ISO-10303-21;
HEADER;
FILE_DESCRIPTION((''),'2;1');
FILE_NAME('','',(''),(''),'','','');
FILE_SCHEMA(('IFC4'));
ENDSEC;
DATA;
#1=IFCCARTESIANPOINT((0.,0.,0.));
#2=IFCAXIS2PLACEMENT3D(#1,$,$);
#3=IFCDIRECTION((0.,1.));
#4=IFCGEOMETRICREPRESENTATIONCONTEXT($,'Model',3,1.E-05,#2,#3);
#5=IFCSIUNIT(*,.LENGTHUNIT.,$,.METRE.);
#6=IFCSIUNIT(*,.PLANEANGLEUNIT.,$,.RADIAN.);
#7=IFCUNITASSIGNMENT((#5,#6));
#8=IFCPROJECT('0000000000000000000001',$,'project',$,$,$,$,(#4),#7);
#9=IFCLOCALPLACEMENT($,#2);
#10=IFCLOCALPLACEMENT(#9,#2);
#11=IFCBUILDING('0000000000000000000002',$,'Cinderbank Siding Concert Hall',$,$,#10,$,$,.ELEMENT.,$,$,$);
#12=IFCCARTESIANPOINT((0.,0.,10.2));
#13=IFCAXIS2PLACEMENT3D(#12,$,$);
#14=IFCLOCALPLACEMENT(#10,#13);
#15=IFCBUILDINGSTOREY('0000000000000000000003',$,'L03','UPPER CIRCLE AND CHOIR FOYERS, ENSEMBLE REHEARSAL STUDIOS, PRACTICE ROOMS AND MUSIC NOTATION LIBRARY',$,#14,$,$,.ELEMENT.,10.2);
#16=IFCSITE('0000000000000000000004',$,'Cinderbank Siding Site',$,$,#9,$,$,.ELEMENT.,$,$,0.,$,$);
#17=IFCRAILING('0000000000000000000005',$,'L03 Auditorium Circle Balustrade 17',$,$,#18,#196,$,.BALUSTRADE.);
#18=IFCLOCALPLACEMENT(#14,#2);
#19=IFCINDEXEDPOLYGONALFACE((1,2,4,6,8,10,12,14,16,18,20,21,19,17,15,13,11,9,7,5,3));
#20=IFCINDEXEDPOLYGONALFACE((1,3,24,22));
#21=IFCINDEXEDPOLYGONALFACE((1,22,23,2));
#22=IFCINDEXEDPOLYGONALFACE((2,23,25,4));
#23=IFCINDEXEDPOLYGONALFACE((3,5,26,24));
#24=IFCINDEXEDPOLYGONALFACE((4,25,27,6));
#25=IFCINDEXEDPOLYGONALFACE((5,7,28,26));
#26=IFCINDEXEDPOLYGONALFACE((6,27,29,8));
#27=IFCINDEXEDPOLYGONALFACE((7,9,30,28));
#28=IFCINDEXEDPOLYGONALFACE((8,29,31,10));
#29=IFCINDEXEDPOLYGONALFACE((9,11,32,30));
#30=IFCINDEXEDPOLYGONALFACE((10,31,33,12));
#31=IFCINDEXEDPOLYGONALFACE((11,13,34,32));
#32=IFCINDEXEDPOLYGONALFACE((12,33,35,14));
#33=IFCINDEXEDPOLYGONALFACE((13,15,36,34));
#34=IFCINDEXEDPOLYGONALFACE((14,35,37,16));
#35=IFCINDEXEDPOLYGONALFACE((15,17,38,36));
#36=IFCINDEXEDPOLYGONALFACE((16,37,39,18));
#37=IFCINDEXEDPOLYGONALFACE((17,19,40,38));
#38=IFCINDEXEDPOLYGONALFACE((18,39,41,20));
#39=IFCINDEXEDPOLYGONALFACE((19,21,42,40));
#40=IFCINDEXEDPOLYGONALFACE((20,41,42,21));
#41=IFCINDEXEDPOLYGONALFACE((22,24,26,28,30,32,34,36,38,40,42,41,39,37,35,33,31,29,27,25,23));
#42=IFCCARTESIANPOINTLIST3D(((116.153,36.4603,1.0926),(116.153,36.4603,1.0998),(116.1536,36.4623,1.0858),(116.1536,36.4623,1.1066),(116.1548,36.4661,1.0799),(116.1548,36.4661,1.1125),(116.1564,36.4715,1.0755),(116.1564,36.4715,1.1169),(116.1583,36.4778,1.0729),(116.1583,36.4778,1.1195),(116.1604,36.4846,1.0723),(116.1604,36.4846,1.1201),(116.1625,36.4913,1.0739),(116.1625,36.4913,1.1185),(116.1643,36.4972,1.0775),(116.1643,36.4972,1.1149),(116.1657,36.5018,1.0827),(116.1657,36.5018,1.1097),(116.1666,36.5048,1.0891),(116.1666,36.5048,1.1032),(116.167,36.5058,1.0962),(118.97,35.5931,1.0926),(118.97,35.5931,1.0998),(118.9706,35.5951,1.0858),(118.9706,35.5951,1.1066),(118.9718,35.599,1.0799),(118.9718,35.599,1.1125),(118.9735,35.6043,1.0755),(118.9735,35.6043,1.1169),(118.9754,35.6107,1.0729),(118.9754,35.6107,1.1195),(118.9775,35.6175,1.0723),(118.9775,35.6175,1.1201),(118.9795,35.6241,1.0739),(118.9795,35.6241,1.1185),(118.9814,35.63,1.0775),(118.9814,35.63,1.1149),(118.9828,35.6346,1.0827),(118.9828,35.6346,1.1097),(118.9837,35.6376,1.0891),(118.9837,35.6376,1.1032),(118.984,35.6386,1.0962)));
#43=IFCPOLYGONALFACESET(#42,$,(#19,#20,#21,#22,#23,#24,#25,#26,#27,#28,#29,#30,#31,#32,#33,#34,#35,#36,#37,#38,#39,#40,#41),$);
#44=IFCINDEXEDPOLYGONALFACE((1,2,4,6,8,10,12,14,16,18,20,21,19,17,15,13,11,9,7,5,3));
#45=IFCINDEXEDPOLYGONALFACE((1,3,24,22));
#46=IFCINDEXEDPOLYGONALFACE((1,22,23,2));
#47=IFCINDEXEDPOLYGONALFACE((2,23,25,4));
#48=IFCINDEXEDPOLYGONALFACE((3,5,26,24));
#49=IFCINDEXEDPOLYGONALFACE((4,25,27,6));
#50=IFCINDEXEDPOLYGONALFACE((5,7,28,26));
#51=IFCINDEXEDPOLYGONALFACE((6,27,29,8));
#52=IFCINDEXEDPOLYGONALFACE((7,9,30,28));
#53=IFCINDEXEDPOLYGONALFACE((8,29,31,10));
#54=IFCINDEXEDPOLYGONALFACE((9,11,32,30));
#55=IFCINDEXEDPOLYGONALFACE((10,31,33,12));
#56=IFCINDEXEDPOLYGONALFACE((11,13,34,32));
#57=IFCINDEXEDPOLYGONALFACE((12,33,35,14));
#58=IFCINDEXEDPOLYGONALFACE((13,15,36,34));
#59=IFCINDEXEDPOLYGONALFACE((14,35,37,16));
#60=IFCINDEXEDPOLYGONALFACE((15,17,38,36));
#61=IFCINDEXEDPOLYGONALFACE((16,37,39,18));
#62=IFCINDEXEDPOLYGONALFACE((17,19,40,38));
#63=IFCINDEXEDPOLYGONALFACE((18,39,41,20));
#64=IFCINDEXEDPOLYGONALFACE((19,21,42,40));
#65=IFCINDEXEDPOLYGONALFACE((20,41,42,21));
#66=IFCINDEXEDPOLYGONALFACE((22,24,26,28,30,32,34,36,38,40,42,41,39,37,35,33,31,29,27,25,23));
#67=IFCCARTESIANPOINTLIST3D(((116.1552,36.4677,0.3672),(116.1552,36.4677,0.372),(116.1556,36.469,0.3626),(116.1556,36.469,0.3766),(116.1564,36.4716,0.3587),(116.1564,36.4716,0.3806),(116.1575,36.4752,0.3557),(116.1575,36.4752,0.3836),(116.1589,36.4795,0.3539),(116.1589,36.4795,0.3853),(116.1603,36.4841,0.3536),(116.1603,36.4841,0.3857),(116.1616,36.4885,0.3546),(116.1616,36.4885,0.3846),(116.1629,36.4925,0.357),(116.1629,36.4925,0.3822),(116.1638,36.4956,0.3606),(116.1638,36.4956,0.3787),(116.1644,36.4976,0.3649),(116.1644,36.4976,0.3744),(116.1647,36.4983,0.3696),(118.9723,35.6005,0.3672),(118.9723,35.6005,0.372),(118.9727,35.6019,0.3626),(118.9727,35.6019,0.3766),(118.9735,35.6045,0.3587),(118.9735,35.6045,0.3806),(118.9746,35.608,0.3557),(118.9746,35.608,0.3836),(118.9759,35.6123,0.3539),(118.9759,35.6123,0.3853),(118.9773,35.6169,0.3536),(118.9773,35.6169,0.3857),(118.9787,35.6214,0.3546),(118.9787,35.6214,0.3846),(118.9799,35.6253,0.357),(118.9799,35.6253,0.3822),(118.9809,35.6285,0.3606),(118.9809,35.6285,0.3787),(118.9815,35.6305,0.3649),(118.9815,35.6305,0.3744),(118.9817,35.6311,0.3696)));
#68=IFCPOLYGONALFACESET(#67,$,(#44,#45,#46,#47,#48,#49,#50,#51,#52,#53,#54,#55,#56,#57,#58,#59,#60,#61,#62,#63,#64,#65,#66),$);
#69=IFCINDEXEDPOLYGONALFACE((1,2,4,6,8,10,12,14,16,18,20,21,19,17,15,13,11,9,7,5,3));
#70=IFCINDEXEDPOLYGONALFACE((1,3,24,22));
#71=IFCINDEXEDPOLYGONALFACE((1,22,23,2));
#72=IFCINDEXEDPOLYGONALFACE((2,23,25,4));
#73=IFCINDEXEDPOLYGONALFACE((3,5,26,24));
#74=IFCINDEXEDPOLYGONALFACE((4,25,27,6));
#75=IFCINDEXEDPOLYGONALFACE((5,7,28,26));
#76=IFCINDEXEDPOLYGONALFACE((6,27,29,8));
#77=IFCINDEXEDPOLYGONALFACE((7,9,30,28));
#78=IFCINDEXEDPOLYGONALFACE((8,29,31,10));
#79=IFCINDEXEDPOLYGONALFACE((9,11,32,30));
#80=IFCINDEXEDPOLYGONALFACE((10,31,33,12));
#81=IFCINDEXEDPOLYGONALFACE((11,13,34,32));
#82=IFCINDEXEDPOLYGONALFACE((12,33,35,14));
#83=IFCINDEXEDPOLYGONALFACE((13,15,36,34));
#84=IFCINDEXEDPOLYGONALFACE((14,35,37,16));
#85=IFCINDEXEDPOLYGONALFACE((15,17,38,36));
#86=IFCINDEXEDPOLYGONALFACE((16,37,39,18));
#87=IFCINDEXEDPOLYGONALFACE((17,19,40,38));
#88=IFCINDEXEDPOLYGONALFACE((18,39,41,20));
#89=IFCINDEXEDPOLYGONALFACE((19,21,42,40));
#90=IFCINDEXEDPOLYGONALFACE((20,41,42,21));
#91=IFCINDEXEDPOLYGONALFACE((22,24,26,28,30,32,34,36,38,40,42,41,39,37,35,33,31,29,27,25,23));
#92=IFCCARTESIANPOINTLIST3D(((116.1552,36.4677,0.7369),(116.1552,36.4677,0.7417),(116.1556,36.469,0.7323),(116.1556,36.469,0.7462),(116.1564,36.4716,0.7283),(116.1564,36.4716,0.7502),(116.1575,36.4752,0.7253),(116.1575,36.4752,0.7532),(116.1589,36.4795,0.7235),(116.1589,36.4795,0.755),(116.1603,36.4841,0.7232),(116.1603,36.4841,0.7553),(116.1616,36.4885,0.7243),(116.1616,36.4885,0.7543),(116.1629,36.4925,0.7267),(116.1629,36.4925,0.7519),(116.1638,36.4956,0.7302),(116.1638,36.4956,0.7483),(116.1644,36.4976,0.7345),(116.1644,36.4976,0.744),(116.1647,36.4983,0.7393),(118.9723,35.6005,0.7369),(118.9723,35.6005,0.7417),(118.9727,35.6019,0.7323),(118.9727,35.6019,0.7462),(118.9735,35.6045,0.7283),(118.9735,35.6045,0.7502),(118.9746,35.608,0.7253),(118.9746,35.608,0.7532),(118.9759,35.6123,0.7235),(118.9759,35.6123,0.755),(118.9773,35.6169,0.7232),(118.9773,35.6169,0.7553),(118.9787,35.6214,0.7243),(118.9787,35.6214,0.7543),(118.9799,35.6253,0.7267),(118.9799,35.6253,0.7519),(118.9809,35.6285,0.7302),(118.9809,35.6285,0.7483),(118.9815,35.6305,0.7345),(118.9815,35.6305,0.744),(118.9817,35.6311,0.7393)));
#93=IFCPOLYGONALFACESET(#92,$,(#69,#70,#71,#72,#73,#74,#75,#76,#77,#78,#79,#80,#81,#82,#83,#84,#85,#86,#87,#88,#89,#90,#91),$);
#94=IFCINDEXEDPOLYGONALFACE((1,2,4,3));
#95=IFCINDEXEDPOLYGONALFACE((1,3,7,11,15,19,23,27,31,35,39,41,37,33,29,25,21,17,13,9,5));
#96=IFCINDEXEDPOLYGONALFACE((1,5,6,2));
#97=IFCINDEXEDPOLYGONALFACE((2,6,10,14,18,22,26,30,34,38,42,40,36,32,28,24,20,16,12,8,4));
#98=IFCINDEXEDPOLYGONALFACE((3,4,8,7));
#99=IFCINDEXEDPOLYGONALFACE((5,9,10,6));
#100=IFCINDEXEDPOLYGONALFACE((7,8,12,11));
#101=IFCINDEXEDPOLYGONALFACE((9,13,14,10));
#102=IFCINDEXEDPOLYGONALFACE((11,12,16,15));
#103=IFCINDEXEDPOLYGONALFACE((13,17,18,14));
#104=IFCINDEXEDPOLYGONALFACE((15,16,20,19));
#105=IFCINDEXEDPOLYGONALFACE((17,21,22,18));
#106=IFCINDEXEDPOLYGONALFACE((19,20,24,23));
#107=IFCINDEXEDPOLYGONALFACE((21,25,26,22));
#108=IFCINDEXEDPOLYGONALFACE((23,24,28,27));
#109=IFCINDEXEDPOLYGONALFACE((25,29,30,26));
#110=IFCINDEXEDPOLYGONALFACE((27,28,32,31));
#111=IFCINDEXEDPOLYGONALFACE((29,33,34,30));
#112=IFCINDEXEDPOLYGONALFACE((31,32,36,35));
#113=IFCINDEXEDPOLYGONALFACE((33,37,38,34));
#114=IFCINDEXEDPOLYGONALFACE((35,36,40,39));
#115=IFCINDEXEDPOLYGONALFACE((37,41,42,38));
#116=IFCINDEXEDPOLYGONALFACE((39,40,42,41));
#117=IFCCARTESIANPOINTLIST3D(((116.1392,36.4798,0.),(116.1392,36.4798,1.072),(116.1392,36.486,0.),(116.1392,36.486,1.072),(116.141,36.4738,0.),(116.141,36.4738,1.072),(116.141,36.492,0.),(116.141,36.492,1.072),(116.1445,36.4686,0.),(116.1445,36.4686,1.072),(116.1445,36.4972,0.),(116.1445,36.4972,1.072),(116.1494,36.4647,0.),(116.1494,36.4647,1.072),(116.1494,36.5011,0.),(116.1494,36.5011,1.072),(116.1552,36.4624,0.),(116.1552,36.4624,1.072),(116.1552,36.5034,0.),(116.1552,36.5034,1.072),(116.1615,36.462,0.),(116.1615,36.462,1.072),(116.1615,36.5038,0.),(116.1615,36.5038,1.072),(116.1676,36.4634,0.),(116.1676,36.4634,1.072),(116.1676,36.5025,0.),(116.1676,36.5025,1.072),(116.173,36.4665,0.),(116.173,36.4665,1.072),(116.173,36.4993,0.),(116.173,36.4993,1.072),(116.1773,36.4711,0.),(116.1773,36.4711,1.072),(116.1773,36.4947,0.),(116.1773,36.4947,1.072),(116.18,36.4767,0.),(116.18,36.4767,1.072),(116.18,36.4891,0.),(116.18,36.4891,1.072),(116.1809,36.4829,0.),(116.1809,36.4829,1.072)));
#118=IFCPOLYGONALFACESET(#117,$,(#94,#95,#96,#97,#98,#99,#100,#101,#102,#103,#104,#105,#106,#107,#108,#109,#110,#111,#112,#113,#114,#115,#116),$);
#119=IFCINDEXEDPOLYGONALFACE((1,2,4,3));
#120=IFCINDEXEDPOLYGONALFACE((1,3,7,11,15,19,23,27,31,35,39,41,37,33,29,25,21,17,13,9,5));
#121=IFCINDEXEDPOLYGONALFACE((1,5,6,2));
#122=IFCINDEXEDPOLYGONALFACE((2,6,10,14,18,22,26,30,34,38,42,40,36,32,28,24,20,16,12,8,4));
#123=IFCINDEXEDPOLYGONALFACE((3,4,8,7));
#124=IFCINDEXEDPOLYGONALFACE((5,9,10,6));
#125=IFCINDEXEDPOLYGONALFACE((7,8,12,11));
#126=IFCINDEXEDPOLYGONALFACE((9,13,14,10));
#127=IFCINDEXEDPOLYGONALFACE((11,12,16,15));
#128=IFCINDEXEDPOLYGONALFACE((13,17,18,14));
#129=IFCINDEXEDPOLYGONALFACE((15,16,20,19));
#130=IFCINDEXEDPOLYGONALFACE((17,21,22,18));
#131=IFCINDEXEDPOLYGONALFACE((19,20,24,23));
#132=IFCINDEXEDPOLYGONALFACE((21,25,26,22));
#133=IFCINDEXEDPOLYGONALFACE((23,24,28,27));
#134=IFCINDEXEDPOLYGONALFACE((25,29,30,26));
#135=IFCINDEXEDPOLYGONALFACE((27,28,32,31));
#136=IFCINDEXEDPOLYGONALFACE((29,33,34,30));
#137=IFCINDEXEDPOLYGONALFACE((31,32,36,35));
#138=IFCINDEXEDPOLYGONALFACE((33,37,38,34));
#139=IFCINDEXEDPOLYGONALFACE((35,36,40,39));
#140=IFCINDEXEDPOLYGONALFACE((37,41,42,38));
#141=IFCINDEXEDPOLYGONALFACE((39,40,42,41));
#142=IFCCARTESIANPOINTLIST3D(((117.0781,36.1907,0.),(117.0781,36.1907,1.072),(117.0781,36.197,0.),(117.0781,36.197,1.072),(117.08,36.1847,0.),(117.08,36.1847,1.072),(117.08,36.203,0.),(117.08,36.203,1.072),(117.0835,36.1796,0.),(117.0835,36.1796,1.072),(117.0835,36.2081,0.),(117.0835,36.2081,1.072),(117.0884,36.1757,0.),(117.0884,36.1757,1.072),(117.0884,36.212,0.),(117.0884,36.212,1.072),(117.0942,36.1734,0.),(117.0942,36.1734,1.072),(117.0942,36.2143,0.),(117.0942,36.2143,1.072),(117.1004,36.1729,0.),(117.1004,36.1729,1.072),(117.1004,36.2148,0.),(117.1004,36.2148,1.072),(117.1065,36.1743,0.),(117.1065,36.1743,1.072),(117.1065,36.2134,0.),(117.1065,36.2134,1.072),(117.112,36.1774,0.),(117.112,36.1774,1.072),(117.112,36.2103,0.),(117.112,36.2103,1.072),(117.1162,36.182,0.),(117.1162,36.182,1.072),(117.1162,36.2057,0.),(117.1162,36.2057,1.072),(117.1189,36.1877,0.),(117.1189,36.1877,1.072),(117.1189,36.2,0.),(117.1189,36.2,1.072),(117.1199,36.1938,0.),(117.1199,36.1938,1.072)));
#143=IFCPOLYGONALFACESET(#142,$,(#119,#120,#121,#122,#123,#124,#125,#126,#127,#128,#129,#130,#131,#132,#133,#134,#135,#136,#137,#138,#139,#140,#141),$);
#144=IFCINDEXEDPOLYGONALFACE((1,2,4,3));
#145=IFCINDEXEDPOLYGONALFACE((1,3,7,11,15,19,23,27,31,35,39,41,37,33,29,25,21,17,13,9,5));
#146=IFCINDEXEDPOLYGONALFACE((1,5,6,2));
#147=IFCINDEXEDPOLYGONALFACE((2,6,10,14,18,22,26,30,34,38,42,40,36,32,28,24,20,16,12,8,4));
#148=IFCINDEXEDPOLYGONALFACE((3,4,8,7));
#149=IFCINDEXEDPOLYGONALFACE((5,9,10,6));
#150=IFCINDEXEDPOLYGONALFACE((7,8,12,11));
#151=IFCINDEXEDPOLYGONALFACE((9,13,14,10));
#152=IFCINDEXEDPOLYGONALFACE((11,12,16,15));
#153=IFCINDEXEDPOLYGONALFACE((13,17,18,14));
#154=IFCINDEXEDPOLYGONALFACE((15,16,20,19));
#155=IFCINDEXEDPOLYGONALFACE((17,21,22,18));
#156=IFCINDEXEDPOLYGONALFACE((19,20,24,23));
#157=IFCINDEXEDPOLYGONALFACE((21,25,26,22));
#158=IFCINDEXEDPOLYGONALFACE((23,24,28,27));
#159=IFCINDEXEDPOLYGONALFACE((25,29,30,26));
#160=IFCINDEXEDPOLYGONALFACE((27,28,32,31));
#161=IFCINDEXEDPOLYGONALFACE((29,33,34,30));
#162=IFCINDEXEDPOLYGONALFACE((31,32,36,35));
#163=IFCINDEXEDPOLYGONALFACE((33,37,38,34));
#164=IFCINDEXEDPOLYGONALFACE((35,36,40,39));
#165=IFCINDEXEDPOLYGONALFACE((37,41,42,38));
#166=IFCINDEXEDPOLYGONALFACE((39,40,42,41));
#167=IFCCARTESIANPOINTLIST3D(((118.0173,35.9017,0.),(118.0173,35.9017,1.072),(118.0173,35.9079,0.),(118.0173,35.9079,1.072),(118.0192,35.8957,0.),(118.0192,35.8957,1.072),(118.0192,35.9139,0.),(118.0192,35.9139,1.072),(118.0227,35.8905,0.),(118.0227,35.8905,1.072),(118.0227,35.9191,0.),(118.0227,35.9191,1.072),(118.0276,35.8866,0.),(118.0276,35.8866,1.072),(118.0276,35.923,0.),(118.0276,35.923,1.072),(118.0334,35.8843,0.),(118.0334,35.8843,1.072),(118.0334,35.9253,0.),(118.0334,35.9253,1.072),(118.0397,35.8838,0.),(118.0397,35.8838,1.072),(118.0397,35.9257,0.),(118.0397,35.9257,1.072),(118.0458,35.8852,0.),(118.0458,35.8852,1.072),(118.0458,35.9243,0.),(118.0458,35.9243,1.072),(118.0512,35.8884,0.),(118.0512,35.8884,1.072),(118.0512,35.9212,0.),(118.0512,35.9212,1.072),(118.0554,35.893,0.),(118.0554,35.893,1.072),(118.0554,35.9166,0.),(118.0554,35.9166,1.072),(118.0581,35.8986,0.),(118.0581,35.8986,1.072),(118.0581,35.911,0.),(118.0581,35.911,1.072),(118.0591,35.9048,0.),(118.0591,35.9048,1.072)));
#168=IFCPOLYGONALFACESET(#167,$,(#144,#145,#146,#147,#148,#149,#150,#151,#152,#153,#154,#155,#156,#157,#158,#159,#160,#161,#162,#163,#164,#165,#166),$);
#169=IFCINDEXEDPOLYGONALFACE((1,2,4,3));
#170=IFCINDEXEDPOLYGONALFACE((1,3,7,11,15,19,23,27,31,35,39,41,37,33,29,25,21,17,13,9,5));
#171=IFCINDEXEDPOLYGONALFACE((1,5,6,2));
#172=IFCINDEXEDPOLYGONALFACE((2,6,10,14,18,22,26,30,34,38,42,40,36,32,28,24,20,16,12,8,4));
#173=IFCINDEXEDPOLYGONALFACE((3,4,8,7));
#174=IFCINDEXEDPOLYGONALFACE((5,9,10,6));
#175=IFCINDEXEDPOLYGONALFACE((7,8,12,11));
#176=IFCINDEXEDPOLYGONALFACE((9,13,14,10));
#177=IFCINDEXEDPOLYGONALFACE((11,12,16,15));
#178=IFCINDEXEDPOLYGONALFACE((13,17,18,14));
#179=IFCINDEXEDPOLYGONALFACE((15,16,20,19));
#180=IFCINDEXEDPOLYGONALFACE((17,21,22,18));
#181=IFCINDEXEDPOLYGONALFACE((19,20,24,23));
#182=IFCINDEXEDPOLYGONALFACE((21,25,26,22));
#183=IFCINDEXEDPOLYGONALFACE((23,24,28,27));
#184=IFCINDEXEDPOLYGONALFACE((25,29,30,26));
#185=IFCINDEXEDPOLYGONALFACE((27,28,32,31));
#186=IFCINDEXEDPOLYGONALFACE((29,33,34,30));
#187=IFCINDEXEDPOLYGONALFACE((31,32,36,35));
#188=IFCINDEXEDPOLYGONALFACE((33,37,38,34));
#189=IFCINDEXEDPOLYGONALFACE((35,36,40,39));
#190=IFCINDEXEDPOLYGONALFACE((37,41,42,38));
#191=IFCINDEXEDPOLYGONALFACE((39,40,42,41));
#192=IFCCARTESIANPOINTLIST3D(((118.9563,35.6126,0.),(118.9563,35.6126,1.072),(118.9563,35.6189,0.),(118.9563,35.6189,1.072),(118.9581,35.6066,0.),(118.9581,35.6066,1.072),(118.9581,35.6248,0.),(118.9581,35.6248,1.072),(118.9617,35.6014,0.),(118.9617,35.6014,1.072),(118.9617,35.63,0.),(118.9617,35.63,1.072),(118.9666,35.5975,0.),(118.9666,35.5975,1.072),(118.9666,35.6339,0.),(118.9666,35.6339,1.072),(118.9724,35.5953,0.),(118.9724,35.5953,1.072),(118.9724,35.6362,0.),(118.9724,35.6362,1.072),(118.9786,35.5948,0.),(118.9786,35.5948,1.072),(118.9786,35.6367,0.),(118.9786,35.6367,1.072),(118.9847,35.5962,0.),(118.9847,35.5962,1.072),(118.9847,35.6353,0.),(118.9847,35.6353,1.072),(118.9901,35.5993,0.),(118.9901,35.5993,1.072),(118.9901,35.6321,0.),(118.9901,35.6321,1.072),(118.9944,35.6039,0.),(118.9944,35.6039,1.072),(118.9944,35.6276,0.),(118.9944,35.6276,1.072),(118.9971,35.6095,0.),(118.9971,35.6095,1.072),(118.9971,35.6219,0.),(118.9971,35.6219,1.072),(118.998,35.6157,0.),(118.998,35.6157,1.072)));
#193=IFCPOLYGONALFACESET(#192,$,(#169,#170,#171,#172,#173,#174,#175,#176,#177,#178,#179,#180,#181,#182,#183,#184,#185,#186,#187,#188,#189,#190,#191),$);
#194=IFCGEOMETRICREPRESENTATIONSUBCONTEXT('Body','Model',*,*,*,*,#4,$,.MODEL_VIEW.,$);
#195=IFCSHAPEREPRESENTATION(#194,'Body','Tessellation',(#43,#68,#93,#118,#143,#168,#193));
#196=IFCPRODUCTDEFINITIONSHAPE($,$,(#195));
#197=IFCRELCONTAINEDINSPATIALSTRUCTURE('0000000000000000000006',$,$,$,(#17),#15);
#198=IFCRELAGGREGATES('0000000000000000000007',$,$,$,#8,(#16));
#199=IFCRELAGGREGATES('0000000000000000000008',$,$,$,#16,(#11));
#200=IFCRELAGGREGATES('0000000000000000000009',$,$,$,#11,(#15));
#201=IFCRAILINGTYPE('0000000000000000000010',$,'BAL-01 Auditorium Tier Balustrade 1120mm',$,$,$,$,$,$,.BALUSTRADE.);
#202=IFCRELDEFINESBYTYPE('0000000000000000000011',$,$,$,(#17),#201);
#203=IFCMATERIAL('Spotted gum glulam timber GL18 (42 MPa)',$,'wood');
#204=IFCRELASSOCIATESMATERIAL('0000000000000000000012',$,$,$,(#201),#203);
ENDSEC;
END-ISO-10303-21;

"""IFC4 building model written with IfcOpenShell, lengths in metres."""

from ifc_helpers import new_model, si_unit, direction, frame, origin, origin_2d, place, context, subcontext, project, spatial, circle, extrude, material, type_object, element, save


model = new_model("IFC4")

# Units and contexts
model_context = context("Model", 3, precision=1e-05, world=origin(), true_north=direction((0.0, 1.0)))
body_context = subcontext(model_context, "Body", "Model", "MODEL_VIEW")
ifc_project = project(units=[si_unit("LENGTHUNIT", "METRE"), si_unit("PLANEANGLEUNIT", "RADIAN")], contexts=[model_context])

# Site, building, storey
site_placement = place(None, origin())
site = spatial("IfcSite", under=ifc_project, at=site_placement, Name="Cinderbank Siding Site", CompositionType="ELEMENT", RefElevation=0.0)
building_placement = place(site_placement, origin())
building = spatial("IfcBuilding", under=site, at=building_placement, Name="Cinderbank Siding Concert Hall", CompositionType="ELEMENT")
storey_placement = place(building_placement, frame((0.0, 0.0, 10.2)))
storey = spatial("IfcBuildingStorey", under=building, at=storey_placement, Name="L03", Description="UPPER CIRCLE AND CHOIR FOYERS, ENSEMBLE REHEARSAL STUDIOS, PRACTICE ROOMS AND MUSIC NOTATION LIBRARY", CompositionType="ELEMENT", Elevation=10.2)

# Shared definitions
ifc_material_1 = material(Name="Spotted gum glulam timber GL18 (42 MPa)", Category="wood")

# Railing
railing_type = type_object("IfcRailingType", Name="BAL-01 Auditorium Tier Balustrade 1120mm", PredefinedType="BALUSTRADE", material=ifc_material_1)
railing_1_placement = place(storey_placement, frame((116.1599, 36.4829, 0.0)))
element("IfcRailing", 1, at=railing_1_placement, inside=storey, type_object=railing_type, Name="L03 Auditorium Circle Balustrade 17", PredefinedType="BALUSTRADE", context=body_context, shape_type="SweptSolid", body=[
    extrude(circle(Radius=0.0239, at=origin_2d()), frame((0.0, 0.0, 1.0962), z_axis=(0.955743, -0.294202, 0.0), x_axis=(0.294202, 0.955743, 0.0)), (0.0, 0.0, 1.0), 2.9475),
    extrude(circle(Radius=0.0161, at=origin_2d()), frame((0.0, 0.0, 0.3696), z_axis=(0.955743, -0.294202, 0.0), x_axis=(0.294202, 0.955743, 0.0)), (0.0, 0.0, 1.0), 2.9475),
    extrude(circle(Radius=0.0161, at=origin_2d()), frame((0.0, 0.0, 0.7393), z_axis=(0.955743, -0.294202, 0.0), x_axis=(0.294202, 0.955743, 0.0)), (0.0, 0.0, 1.0), 2.9475),
    extrude(circle(Radius=0.021, at=origin_2d()), origin(), (0.0, 0.0, 1.0), 1.072),
    extrude(circle(Radius=0.021, at=origin_2d()), frame((0.939, -0.2891, 0.0)), (0.0, 0.0, 1.0), 1.072),
    extrude(circle(Radius=0.021, at=origin_2d()), frame((1.8782, -0.5781, 0.0)), (0.0, 0.0, 1.0), 1.072),
    extrude(circle(Radius=0.021, at=origin_2d()), frame((2.8171, -0.8672, 0.0)), (0.0, 0.0, 1.0), 1.072),
])

save(model, "model.ifc")
